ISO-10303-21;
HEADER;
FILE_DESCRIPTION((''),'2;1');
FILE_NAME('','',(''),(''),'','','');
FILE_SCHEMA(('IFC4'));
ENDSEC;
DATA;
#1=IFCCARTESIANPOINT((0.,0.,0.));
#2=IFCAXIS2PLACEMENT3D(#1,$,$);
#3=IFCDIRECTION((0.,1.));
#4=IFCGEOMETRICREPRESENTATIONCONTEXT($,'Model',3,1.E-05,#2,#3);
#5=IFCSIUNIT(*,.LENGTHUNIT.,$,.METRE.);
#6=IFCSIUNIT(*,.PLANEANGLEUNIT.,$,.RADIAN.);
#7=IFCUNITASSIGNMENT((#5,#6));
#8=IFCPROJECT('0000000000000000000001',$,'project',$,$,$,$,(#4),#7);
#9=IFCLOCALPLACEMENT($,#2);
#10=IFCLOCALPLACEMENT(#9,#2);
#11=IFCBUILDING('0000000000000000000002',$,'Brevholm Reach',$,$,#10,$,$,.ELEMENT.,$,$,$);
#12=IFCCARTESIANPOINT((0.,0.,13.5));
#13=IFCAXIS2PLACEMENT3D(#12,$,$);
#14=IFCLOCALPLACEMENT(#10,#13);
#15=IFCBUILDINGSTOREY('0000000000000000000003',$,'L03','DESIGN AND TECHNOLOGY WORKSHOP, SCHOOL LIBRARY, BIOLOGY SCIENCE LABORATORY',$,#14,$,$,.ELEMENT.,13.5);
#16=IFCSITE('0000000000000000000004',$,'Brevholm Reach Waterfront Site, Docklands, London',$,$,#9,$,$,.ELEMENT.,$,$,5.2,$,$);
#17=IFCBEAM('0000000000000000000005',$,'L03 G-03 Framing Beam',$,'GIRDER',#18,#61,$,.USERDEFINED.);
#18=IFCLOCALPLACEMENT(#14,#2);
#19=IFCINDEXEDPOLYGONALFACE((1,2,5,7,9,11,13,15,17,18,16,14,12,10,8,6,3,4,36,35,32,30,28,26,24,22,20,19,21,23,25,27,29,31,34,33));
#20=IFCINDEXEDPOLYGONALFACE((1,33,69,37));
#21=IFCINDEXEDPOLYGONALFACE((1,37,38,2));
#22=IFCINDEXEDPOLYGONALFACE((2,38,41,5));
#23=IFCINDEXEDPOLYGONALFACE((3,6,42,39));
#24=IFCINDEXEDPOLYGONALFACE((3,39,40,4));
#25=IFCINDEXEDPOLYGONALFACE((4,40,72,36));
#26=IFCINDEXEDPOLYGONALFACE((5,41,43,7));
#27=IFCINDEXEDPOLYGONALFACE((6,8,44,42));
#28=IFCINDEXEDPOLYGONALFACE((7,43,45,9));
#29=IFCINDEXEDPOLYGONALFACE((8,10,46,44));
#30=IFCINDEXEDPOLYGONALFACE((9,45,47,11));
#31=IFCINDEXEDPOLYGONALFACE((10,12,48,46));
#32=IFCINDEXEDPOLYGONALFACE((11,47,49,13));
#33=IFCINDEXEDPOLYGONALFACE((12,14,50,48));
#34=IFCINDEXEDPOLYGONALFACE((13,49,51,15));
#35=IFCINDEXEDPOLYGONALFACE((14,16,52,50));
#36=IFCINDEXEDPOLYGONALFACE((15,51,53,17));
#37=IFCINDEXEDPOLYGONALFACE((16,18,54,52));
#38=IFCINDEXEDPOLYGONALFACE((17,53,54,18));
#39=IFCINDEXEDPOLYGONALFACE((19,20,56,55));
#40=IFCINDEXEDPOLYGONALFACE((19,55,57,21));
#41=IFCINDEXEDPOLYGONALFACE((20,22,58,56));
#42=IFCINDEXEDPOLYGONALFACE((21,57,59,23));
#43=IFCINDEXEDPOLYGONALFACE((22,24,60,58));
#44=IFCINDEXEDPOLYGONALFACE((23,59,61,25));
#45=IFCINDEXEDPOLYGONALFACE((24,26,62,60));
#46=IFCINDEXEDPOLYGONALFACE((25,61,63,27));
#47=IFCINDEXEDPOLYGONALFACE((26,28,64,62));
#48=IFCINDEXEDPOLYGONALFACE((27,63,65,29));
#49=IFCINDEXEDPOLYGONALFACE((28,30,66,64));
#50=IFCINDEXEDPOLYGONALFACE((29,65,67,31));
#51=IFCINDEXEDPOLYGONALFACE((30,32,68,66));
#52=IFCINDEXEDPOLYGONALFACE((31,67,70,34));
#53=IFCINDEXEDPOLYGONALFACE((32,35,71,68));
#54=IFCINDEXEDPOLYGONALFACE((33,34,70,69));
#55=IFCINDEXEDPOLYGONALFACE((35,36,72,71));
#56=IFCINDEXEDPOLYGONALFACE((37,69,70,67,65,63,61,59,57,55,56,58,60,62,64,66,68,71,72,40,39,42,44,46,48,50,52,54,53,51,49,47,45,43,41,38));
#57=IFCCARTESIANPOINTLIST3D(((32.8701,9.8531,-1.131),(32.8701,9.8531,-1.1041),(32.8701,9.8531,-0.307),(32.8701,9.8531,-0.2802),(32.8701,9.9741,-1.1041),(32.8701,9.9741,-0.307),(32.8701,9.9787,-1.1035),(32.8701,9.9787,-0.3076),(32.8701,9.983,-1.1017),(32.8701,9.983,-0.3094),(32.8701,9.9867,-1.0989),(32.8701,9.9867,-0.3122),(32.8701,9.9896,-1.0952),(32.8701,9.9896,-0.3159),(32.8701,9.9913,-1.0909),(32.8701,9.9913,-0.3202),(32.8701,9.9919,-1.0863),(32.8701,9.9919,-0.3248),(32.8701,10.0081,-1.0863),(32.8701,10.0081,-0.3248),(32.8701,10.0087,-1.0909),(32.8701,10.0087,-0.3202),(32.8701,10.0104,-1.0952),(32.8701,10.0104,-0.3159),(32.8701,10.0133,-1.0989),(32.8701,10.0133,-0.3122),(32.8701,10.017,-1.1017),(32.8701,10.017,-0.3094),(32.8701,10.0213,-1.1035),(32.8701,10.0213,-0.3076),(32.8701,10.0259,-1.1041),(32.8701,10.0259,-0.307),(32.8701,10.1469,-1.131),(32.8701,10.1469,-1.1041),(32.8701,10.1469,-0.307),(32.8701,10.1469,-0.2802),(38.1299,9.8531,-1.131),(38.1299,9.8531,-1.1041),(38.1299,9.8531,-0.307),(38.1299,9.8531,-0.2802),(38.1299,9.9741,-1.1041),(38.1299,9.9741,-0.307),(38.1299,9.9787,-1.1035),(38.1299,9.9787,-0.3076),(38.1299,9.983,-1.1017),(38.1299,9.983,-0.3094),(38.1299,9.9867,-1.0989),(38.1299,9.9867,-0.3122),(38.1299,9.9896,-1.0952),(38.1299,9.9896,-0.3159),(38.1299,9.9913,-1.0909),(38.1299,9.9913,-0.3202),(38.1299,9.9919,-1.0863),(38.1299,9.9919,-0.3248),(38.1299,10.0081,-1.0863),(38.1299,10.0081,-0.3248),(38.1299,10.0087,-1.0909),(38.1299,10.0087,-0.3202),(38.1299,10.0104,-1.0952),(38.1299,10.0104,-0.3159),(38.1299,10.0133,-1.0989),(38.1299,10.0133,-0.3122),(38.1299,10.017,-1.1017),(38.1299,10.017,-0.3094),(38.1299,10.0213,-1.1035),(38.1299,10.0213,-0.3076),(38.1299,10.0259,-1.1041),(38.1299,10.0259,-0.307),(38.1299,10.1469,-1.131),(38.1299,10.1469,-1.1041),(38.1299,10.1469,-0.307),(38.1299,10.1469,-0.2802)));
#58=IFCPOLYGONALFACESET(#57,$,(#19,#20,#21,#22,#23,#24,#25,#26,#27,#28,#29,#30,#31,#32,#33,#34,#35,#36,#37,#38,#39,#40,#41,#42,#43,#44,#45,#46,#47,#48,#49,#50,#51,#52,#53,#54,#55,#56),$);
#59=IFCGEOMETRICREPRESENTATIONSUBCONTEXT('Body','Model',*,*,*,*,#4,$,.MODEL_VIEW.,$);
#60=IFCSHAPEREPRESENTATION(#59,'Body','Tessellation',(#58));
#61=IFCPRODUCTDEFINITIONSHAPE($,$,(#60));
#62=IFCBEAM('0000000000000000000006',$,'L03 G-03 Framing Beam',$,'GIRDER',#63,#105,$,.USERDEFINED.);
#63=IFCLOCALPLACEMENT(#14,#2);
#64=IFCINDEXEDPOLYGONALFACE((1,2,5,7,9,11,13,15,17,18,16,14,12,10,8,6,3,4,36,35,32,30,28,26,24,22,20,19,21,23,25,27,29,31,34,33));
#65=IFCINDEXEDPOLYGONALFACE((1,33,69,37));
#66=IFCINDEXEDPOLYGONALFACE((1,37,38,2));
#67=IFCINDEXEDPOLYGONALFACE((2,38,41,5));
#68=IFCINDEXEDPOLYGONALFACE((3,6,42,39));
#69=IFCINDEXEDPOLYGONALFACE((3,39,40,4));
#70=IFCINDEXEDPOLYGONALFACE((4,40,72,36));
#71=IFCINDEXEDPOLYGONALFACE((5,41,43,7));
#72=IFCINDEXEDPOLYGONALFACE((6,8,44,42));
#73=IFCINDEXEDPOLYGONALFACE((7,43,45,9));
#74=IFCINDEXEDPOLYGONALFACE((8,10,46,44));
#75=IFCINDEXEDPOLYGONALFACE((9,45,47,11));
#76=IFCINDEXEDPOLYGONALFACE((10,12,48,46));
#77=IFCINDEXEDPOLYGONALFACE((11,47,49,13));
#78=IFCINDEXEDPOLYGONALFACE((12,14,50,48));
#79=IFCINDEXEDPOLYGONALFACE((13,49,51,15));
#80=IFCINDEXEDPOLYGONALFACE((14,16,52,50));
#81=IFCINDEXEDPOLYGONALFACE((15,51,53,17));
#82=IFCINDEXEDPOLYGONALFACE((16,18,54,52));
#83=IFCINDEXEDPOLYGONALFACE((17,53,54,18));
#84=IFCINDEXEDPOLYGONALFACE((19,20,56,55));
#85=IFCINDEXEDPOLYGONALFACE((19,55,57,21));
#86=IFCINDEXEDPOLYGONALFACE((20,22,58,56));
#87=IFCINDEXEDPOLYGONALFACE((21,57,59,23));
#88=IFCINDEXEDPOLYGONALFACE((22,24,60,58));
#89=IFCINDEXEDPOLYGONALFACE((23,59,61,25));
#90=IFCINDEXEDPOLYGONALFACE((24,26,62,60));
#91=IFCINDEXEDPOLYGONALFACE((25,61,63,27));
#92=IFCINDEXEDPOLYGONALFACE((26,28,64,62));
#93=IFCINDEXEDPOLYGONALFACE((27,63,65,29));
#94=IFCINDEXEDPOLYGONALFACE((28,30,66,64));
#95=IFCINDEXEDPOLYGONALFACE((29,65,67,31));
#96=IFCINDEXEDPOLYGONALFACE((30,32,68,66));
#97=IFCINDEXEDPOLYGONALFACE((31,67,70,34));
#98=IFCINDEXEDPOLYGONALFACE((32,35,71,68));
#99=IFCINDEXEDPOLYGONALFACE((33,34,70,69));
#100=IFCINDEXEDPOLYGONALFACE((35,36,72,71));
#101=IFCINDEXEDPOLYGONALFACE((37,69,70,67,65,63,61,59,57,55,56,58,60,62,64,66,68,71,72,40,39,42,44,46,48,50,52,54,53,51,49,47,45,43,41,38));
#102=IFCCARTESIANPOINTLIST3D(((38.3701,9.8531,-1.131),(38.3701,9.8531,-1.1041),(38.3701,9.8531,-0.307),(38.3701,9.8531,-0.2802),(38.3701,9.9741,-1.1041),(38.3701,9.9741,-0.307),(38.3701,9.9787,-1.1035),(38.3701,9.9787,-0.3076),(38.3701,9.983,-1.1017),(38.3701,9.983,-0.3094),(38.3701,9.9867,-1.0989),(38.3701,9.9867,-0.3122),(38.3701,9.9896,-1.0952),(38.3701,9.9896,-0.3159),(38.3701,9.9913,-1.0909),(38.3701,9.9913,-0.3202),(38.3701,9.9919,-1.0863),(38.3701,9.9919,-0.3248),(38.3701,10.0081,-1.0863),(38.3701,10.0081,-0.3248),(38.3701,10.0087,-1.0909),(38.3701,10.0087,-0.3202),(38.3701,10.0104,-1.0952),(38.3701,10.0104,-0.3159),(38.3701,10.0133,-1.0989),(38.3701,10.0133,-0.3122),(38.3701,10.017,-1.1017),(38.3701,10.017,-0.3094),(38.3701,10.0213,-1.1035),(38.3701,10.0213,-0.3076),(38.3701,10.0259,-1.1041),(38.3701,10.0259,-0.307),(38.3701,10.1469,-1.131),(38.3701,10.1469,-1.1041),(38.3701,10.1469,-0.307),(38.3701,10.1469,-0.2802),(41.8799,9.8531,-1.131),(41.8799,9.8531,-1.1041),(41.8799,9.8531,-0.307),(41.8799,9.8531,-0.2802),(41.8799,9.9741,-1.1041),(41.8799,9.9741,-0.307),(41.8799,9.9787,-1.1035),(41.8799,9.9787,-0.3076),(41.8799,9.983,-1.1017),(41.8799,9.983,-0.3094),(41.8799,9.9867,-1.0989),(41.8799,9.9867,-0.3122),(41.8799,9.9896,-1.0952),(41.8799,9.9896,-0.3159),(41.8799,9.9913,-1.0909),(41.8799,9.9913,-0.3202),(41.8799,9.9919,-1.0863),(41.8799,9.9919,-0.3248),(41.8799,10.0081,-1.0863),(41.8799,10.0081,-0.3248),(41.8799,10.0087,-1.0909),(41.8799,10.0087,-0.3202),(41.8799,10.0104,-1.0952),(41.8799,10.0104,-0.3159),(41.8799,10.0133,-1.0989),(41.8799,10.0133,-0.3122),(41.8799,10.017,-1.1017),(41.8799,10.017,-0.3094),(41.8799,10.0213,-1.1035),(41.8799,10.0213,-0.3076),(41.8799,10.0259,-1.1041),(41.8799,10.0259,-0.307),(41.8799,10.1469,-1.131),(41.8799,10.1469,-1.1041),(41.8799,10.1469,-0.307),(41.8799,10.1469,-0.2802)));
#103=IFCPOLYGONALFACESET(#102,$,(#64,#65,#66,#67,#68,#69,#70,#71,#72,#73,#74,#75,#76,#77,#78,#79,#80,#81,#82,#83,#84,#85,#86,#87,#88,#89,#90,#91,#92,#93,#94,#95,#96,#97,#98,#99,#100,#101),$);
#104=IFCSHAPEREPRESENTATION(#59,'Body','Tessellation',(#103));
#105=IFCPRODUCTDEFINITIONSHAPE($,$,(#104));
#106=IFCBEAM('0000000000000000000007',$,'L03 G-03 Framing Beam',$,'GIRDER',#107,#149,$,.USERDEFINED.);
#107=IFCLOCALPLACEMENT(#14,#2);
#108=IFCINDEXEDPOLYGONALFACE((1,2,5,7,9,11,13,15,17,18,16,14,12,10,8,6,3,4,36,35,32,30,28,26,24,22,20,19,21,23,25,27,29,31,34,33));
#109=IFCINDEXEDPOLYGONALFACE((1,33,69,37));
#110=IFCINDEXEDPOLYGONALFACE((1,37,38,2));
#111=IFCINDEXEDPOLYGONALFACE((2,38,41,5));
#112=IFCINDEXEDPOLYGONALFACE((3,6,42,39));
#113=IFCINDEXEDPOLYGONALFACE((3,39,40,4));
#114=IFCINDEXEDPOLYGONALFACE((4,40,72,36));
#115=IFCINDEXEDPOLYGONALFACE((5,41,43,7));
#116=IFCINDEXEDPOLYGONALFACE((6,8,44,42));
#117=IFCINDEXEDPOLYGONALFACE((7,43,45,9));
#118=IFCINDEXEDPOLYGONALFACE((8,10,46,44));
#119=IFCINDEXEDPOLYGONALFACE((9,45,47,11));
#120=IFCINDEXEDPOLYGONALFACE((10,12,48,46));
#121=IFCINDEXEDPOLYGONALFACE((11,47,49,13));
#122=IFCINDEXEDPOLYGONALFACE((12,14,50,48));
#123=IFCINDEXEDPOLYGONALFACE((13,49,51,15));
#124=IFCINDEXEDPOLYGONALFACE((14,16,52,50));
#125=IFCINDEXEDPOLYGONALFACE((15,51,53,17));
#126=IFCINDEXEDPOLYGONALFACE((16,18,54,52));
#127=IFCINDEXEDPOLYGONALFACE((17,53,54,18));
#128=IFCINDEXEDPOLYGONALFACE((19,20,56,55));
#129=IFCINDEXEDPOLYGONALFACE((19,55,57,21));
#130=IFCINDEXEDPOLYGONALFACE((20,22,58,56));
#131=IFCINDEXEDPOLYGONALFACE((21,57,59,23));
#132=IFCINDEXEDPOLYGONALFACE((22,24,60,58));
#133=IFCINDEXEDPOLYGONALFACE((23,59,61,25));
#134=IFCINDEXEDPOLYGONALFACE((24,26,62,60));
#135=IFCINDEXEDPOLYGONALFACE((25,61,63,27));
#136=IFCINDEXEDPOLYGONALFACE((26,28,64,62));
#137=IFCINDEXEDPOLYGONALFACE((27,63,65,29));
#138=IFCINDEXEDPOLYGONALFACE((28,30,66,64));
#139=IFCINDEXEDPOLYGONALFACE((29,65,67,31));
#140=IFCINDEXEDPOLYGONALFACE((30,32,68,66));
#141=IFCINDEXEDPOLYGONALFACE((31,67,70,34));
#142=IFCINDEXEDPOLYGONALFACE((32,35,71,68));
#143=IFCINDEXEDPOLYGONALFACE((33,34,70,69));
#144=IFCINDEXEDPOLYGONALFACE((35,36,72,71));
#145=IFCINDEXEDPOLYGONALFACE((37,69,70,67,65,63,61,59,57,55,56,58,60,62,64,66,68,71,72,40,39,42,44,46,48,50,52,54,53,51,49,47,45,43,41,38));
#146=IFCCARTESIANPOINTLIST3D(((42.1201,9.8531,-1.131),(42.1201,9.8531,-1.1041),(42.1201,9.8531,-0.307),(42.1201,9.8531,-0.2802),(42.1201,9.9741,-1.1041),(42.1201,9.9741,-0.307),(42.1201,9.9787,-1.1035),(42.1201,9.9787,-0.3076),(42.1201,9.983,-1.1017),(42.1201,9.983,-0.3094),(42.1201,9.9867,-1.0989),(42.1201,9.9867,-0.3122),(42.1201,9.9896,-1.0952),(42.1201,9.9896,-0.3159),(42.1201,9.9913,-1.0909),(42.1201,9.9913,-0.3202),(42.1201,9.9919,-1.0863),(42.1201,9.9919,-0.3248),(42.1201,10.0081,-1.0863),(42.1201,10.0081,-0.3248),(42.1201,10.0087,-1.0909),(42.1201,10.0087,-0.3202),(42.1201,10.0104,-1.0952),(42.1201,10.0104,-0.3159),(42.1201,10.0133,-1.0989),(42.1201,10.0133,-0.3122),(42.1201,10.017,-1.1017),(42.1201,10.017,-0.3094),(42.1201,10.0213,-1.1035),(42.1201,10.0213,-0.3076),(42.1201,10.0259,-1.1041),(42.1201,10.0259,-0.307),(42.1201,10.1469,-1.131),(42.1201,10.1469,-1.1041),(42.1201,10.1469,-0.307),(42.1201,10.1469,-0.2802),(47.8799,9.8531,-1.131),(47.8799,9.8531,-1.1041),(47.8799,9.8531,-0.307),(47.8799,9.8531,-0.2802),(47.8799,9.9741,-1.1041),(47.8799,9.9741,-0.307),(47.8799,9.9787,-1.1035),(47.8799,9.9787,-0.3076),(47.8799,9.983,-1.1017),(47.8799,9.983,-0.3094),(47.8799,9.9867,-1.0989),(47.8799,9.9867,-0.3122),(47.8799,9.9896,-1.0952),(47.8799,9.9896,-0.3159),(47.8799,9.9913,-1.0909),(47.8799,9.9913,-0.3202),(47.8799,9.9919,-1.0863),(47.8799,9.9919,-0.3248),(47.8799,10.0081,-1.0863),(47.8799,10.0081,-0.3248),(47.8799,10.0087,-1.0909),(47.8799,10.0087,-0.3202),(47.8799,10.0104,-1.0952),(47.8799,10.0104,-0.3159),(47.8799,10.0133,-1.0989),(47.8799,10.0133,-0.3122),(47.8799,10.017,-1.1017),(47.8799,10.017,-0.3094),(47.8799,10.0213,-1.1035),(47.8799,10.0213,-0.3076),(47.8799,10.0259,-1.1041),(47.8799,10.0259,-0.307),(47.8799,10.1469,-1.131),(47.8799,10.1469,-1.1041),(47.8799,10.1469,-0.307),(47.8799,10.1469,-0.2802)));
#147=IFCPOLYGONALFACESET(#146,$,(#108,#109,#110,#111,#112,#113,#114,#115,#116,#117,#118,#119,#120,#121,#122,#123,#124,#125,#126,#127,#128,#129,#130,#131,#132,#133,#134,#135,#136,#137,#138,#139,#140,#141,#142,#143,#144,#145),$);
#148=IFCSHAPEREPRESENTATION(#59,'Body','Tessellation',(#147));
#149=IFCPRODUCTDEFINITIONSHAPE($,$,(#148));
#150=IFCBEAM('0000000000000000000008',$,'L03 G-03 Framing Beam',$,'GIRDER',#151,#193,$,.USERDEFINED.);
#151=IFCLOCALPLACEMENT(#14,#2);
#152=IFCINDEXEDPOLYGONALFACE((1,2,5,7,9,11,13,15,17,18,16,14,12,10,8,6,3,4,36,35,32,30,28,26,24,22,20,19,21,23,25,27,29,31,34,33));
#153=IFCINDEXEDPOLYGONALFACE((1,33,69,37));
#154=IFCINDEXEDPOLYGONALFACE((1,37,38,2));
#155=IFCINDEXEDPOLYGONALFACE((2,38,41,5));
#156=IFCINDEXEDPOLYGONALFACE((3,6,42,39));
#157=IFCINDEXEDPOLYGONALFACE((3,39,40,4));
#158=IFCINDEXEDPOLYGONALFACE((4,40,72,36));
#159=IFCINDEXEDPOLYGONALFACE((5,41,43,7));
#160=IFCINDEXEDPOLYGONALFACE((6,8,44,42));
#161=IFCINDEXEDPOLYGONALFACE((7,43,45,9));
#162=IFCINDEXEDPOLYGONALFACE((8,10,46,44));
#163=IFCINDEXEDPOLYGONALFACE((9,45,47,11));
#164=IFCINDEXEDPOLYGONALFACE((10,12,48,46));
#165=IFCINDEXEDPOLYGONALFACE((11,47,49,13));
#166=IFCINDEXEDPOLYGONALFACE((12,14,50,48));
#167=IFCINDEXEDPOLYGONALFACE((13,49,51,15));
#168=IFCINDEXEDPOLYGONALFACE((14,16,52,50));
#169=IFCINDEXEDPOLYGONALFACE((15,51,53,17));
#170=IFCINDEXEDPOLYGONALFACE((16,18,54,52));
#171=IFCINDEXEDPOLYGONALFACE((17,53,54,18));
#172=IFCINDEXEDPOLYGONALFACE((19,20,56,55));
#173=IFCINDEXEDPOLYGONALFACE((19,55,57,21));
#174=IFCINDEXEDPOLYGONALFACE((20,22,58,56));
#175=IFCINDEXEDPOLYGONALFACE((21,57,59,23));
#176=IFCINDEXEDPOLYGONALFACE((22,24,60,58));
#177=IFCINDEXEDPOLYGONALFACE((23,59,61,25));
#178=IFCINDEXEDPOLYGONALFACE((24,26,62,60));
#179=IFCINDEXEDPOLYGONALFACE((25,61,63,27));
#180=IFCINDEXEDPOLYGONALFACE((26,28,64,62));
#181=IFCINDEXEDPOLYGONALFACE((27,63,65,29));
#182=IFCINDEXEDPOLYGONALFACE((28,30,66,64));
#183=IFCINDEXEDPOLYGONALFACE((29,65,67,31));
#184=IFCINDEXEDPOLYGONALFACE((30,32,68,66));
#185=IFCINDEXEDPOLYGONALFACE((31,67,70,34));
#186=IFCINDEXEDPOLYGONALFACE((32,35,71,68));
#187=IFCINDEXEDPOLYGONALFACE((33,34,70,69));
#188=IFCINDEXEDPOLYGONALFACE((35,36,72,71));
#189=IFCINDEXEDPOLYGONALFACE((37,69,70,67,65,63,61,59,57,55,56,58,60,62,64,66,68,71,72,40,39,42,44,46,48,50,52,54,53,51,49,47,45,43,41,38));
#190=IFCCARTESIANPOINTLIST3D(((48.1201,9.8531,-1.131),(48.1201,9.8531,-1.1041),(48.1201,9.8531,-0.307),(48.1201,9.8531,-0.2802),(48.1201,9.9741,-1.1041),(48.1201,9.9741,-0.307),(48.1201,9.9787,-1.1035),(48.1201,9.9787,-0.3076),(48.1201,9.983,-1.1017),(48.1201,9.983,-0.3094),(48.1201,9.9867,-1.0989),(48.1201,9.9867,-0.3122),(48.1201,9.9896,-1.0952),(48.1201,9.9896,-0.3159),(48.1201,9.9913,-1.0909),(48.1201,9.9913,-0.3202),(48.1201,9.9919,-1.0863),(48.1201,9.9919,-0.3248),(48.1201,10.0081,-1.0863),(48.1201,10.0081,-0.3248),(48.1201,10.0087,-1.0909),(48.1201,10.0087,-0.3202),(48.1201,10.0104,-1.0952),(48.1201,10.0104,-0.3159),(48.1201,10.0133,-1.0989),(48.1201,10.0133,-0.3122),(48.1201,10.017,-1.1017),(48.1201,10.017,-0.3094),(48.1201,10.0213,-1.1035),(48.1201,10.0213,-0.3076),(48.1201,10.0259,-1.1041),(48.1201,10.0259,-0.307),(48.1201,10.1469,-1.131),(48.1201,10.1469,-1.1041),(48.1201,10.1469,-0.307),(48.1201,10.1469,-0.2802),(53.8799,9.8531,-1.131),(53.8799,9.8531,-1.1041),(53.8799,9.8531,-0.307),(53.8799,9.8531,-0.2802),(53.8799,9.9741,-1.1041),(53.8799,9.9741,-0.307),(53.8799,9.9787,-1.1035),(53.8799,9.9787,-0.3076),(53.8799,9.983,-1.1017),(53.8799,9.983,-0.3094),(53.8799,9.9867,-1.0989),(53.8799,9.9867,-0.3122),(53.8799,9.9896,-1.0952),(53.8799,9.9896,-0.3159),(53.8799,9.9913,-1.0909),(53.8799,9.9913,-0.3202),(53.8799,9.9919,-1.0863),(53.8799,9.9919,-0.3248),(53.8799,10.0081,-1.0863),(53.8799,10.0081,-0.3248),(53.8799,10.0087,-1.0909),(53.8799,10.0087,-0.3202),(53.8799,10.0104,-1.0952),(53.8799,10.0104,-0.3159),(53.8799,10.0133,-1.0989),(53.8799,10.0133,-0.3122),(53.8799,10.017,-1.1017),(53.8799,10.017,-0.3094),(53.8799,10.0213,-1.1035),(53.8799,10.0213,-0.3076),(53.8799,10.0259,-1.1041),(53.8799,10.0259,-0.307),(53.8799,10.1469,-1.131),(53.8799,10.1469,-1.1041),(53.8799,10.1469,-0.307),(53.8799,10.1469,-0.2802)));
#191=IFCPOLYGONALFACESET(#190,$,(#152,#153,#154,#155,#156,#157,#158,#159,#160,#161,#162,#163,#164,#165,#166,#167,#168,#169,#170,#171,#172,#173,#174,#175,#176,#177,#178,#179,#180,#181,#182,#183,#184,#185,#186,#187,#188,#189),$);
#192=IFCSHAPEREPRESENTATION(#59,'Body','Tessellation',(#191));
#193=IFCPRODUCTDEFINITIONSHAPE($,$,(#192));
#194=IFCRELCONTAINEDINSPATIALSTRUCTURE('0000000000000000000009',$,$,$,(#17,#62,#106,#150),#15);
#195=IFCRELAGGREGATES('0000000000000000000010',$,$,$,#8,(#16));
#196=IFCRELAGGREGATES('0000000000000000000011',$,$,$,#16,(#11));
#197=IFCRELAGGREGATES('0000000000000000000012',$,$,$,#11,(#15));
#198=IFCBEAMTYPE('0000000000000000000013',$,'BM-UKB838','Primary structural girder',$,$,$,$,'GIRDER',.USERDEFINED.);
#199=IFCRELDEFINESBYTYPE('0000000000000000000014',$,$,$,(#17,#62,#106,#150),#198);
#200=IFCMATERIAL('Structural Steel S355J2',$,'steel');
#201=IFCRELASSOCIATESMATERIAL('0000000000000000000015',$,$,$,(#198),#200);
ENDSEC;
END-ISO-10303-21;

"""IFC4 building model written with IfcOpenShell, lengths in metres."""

from ifc_helpers import new_model, si_unit, direction, frame, origin, origin_2d, place, context, subcontext, project, spatial, i_section, extrude, material, material_profile, profile_set, type_object, element, save


model = new_model("IFC4")

# Units and contexts
model_context = context("Model", 3, precision=1e-05, world=origin(), true_north=direction((0.0, 1.0)))
body_context = subcontext(model_context, "Body", "Model", "MODEL_VIEW")
ifc_project = project(units=[si_unit("LENGTHUNIT", "METRE"), si_unit("PLANEANGLEUNIT", "RADIAN")], contexts=[model_context])

# Site, building, storey
site_placement = place(None, origin())
site = spatial("IfcSite", under=ifc_project, at=site_placement, Name="Brevholm Reach Waterfront Site, Docklands, London", CompositionType="ELEMENT", RefElevation=5.2)
building_placement = place(site_placement, origin())
building = spatial("IfcBuilding", under=site, at=building_placement, Name="Brevholm Reach", CompositionType="ELEMENT")
storey_placement = place(building_placement, frame((0.0, 0.0, 13.5)))
storey = spatial("IfcBuildingStorey", under=building, at=storey_placement, Name="L03", Description="DESIGN AND TECHNOLOGY WORKSHOP, SCHOOL LIBRARY, BIOLOGY SCIENCE LABORATORY", CompositionType="ELEMENT", Elevation=13.5)

# Beams
ifc_material_1 = material(Name="Structural Steel S355J2", Category="steel")
ifc_material_profile_1 = material_profile(ifc_material_1, i_section(OverallWidth=0.2937, OverallDepth=0.8508, WebThickness=0.0161, FlangeThickness=0.0269, FilletRadius=0.0178, at=origin_2d()), Name="UKB 838x292x226")
ifc_profile_set_1 = profile_set([ifc_material_profile_1], Name="Structural Steel S355J2")
beam_type_1 = type_object("IfcBeamType", Name="BM-UKB838", Description="Primary structural girder", ElementType="GIRDER", PredefinedType="USERDEFINED", material=ifc_profile_set_1)
beam_1_placement = place(storey_placement, frame((32.8701, 10.0, -0.7056), z_axis=(1.0, 0.0, 0.0), x_axis=(0.0, 1.0, 0.0)))
element("IfcBeam", 1, at=beam_1_placement, inside=storey, type_object=beam_type_1, Name="L03 G-03 Framing Beam", ObjectType="GIRDER", PredefinedType="USERDEFINED", context=body_context, shape_type="SweptSolid", body=[
    extrude(i_section(OverallWidth=0.2937, OverallDepth=0.8508, WebThickness=0.0161, FlangeThickness=0.0269, FilletRadius=0.0178, at=origin_2d()), origin(), (0.0, 0.0, 1.0), 5.2598),
])
beam_2_placement = place(storey_placement, frame((38.3701, 10.0, -0.7056), z_axis=(1.0, 0.0, 0.0), x_axis=(0.0, 1.0, 0.0)))
element("IfcBeam", 2, at=beam_2_placement, inside=storey, type_object=beam_type_1, Name="L03 G-03 Framing Beam", ObjectType="GIRDER", PredefinedType="USERDEFINED", context=body_context, shape_type="SweptSolid", body=[
    extrude(i_section(OverallWidth=0.2937, OverallDepth=0.8508, WebThickness=0.0161, FlangeThickness=0.0269, FilletRadius=0.0178, at=origin_2d()), origin(), (0.0, 0.0, 1.0), 3.5098),
])
for number, where, z_axis, x_axis, name in (
    (3, (42.1201, 10.0, -0.7056), (1.0, 0.0, 0.0), (0.0, 1.0, 0.0), "L03 G-03 Framing Beam"),
    (4, (48.1201, 10.0, -0.7056), (1.0, 0.0, 0.0), (0.0, 1.0, 0.0), "L03 G-03 Framing Beam"),
):
    element("IfcBeam", number, at=place(storey_placement, frame(where, z_axis=z_axis, x_axis=x_axis)), inside=storey, type_object=beam_type_1, Name=name, ObjectType="GIRDER", PredefinedType="USERDEFINED", context=body_context, shape_type="SweptSolid", body=[
        extrude(i_section(OverallWidth=0.2937, OverallDepth=0.8508, WebThickness=0.0161, FlangeThickness=0.0269, FilletRadius=0.0178, at=origin_2d()), origin(), (0.0, 0.0, 1.0), 5.7598),
    ])

save(model, "model.ifc")
